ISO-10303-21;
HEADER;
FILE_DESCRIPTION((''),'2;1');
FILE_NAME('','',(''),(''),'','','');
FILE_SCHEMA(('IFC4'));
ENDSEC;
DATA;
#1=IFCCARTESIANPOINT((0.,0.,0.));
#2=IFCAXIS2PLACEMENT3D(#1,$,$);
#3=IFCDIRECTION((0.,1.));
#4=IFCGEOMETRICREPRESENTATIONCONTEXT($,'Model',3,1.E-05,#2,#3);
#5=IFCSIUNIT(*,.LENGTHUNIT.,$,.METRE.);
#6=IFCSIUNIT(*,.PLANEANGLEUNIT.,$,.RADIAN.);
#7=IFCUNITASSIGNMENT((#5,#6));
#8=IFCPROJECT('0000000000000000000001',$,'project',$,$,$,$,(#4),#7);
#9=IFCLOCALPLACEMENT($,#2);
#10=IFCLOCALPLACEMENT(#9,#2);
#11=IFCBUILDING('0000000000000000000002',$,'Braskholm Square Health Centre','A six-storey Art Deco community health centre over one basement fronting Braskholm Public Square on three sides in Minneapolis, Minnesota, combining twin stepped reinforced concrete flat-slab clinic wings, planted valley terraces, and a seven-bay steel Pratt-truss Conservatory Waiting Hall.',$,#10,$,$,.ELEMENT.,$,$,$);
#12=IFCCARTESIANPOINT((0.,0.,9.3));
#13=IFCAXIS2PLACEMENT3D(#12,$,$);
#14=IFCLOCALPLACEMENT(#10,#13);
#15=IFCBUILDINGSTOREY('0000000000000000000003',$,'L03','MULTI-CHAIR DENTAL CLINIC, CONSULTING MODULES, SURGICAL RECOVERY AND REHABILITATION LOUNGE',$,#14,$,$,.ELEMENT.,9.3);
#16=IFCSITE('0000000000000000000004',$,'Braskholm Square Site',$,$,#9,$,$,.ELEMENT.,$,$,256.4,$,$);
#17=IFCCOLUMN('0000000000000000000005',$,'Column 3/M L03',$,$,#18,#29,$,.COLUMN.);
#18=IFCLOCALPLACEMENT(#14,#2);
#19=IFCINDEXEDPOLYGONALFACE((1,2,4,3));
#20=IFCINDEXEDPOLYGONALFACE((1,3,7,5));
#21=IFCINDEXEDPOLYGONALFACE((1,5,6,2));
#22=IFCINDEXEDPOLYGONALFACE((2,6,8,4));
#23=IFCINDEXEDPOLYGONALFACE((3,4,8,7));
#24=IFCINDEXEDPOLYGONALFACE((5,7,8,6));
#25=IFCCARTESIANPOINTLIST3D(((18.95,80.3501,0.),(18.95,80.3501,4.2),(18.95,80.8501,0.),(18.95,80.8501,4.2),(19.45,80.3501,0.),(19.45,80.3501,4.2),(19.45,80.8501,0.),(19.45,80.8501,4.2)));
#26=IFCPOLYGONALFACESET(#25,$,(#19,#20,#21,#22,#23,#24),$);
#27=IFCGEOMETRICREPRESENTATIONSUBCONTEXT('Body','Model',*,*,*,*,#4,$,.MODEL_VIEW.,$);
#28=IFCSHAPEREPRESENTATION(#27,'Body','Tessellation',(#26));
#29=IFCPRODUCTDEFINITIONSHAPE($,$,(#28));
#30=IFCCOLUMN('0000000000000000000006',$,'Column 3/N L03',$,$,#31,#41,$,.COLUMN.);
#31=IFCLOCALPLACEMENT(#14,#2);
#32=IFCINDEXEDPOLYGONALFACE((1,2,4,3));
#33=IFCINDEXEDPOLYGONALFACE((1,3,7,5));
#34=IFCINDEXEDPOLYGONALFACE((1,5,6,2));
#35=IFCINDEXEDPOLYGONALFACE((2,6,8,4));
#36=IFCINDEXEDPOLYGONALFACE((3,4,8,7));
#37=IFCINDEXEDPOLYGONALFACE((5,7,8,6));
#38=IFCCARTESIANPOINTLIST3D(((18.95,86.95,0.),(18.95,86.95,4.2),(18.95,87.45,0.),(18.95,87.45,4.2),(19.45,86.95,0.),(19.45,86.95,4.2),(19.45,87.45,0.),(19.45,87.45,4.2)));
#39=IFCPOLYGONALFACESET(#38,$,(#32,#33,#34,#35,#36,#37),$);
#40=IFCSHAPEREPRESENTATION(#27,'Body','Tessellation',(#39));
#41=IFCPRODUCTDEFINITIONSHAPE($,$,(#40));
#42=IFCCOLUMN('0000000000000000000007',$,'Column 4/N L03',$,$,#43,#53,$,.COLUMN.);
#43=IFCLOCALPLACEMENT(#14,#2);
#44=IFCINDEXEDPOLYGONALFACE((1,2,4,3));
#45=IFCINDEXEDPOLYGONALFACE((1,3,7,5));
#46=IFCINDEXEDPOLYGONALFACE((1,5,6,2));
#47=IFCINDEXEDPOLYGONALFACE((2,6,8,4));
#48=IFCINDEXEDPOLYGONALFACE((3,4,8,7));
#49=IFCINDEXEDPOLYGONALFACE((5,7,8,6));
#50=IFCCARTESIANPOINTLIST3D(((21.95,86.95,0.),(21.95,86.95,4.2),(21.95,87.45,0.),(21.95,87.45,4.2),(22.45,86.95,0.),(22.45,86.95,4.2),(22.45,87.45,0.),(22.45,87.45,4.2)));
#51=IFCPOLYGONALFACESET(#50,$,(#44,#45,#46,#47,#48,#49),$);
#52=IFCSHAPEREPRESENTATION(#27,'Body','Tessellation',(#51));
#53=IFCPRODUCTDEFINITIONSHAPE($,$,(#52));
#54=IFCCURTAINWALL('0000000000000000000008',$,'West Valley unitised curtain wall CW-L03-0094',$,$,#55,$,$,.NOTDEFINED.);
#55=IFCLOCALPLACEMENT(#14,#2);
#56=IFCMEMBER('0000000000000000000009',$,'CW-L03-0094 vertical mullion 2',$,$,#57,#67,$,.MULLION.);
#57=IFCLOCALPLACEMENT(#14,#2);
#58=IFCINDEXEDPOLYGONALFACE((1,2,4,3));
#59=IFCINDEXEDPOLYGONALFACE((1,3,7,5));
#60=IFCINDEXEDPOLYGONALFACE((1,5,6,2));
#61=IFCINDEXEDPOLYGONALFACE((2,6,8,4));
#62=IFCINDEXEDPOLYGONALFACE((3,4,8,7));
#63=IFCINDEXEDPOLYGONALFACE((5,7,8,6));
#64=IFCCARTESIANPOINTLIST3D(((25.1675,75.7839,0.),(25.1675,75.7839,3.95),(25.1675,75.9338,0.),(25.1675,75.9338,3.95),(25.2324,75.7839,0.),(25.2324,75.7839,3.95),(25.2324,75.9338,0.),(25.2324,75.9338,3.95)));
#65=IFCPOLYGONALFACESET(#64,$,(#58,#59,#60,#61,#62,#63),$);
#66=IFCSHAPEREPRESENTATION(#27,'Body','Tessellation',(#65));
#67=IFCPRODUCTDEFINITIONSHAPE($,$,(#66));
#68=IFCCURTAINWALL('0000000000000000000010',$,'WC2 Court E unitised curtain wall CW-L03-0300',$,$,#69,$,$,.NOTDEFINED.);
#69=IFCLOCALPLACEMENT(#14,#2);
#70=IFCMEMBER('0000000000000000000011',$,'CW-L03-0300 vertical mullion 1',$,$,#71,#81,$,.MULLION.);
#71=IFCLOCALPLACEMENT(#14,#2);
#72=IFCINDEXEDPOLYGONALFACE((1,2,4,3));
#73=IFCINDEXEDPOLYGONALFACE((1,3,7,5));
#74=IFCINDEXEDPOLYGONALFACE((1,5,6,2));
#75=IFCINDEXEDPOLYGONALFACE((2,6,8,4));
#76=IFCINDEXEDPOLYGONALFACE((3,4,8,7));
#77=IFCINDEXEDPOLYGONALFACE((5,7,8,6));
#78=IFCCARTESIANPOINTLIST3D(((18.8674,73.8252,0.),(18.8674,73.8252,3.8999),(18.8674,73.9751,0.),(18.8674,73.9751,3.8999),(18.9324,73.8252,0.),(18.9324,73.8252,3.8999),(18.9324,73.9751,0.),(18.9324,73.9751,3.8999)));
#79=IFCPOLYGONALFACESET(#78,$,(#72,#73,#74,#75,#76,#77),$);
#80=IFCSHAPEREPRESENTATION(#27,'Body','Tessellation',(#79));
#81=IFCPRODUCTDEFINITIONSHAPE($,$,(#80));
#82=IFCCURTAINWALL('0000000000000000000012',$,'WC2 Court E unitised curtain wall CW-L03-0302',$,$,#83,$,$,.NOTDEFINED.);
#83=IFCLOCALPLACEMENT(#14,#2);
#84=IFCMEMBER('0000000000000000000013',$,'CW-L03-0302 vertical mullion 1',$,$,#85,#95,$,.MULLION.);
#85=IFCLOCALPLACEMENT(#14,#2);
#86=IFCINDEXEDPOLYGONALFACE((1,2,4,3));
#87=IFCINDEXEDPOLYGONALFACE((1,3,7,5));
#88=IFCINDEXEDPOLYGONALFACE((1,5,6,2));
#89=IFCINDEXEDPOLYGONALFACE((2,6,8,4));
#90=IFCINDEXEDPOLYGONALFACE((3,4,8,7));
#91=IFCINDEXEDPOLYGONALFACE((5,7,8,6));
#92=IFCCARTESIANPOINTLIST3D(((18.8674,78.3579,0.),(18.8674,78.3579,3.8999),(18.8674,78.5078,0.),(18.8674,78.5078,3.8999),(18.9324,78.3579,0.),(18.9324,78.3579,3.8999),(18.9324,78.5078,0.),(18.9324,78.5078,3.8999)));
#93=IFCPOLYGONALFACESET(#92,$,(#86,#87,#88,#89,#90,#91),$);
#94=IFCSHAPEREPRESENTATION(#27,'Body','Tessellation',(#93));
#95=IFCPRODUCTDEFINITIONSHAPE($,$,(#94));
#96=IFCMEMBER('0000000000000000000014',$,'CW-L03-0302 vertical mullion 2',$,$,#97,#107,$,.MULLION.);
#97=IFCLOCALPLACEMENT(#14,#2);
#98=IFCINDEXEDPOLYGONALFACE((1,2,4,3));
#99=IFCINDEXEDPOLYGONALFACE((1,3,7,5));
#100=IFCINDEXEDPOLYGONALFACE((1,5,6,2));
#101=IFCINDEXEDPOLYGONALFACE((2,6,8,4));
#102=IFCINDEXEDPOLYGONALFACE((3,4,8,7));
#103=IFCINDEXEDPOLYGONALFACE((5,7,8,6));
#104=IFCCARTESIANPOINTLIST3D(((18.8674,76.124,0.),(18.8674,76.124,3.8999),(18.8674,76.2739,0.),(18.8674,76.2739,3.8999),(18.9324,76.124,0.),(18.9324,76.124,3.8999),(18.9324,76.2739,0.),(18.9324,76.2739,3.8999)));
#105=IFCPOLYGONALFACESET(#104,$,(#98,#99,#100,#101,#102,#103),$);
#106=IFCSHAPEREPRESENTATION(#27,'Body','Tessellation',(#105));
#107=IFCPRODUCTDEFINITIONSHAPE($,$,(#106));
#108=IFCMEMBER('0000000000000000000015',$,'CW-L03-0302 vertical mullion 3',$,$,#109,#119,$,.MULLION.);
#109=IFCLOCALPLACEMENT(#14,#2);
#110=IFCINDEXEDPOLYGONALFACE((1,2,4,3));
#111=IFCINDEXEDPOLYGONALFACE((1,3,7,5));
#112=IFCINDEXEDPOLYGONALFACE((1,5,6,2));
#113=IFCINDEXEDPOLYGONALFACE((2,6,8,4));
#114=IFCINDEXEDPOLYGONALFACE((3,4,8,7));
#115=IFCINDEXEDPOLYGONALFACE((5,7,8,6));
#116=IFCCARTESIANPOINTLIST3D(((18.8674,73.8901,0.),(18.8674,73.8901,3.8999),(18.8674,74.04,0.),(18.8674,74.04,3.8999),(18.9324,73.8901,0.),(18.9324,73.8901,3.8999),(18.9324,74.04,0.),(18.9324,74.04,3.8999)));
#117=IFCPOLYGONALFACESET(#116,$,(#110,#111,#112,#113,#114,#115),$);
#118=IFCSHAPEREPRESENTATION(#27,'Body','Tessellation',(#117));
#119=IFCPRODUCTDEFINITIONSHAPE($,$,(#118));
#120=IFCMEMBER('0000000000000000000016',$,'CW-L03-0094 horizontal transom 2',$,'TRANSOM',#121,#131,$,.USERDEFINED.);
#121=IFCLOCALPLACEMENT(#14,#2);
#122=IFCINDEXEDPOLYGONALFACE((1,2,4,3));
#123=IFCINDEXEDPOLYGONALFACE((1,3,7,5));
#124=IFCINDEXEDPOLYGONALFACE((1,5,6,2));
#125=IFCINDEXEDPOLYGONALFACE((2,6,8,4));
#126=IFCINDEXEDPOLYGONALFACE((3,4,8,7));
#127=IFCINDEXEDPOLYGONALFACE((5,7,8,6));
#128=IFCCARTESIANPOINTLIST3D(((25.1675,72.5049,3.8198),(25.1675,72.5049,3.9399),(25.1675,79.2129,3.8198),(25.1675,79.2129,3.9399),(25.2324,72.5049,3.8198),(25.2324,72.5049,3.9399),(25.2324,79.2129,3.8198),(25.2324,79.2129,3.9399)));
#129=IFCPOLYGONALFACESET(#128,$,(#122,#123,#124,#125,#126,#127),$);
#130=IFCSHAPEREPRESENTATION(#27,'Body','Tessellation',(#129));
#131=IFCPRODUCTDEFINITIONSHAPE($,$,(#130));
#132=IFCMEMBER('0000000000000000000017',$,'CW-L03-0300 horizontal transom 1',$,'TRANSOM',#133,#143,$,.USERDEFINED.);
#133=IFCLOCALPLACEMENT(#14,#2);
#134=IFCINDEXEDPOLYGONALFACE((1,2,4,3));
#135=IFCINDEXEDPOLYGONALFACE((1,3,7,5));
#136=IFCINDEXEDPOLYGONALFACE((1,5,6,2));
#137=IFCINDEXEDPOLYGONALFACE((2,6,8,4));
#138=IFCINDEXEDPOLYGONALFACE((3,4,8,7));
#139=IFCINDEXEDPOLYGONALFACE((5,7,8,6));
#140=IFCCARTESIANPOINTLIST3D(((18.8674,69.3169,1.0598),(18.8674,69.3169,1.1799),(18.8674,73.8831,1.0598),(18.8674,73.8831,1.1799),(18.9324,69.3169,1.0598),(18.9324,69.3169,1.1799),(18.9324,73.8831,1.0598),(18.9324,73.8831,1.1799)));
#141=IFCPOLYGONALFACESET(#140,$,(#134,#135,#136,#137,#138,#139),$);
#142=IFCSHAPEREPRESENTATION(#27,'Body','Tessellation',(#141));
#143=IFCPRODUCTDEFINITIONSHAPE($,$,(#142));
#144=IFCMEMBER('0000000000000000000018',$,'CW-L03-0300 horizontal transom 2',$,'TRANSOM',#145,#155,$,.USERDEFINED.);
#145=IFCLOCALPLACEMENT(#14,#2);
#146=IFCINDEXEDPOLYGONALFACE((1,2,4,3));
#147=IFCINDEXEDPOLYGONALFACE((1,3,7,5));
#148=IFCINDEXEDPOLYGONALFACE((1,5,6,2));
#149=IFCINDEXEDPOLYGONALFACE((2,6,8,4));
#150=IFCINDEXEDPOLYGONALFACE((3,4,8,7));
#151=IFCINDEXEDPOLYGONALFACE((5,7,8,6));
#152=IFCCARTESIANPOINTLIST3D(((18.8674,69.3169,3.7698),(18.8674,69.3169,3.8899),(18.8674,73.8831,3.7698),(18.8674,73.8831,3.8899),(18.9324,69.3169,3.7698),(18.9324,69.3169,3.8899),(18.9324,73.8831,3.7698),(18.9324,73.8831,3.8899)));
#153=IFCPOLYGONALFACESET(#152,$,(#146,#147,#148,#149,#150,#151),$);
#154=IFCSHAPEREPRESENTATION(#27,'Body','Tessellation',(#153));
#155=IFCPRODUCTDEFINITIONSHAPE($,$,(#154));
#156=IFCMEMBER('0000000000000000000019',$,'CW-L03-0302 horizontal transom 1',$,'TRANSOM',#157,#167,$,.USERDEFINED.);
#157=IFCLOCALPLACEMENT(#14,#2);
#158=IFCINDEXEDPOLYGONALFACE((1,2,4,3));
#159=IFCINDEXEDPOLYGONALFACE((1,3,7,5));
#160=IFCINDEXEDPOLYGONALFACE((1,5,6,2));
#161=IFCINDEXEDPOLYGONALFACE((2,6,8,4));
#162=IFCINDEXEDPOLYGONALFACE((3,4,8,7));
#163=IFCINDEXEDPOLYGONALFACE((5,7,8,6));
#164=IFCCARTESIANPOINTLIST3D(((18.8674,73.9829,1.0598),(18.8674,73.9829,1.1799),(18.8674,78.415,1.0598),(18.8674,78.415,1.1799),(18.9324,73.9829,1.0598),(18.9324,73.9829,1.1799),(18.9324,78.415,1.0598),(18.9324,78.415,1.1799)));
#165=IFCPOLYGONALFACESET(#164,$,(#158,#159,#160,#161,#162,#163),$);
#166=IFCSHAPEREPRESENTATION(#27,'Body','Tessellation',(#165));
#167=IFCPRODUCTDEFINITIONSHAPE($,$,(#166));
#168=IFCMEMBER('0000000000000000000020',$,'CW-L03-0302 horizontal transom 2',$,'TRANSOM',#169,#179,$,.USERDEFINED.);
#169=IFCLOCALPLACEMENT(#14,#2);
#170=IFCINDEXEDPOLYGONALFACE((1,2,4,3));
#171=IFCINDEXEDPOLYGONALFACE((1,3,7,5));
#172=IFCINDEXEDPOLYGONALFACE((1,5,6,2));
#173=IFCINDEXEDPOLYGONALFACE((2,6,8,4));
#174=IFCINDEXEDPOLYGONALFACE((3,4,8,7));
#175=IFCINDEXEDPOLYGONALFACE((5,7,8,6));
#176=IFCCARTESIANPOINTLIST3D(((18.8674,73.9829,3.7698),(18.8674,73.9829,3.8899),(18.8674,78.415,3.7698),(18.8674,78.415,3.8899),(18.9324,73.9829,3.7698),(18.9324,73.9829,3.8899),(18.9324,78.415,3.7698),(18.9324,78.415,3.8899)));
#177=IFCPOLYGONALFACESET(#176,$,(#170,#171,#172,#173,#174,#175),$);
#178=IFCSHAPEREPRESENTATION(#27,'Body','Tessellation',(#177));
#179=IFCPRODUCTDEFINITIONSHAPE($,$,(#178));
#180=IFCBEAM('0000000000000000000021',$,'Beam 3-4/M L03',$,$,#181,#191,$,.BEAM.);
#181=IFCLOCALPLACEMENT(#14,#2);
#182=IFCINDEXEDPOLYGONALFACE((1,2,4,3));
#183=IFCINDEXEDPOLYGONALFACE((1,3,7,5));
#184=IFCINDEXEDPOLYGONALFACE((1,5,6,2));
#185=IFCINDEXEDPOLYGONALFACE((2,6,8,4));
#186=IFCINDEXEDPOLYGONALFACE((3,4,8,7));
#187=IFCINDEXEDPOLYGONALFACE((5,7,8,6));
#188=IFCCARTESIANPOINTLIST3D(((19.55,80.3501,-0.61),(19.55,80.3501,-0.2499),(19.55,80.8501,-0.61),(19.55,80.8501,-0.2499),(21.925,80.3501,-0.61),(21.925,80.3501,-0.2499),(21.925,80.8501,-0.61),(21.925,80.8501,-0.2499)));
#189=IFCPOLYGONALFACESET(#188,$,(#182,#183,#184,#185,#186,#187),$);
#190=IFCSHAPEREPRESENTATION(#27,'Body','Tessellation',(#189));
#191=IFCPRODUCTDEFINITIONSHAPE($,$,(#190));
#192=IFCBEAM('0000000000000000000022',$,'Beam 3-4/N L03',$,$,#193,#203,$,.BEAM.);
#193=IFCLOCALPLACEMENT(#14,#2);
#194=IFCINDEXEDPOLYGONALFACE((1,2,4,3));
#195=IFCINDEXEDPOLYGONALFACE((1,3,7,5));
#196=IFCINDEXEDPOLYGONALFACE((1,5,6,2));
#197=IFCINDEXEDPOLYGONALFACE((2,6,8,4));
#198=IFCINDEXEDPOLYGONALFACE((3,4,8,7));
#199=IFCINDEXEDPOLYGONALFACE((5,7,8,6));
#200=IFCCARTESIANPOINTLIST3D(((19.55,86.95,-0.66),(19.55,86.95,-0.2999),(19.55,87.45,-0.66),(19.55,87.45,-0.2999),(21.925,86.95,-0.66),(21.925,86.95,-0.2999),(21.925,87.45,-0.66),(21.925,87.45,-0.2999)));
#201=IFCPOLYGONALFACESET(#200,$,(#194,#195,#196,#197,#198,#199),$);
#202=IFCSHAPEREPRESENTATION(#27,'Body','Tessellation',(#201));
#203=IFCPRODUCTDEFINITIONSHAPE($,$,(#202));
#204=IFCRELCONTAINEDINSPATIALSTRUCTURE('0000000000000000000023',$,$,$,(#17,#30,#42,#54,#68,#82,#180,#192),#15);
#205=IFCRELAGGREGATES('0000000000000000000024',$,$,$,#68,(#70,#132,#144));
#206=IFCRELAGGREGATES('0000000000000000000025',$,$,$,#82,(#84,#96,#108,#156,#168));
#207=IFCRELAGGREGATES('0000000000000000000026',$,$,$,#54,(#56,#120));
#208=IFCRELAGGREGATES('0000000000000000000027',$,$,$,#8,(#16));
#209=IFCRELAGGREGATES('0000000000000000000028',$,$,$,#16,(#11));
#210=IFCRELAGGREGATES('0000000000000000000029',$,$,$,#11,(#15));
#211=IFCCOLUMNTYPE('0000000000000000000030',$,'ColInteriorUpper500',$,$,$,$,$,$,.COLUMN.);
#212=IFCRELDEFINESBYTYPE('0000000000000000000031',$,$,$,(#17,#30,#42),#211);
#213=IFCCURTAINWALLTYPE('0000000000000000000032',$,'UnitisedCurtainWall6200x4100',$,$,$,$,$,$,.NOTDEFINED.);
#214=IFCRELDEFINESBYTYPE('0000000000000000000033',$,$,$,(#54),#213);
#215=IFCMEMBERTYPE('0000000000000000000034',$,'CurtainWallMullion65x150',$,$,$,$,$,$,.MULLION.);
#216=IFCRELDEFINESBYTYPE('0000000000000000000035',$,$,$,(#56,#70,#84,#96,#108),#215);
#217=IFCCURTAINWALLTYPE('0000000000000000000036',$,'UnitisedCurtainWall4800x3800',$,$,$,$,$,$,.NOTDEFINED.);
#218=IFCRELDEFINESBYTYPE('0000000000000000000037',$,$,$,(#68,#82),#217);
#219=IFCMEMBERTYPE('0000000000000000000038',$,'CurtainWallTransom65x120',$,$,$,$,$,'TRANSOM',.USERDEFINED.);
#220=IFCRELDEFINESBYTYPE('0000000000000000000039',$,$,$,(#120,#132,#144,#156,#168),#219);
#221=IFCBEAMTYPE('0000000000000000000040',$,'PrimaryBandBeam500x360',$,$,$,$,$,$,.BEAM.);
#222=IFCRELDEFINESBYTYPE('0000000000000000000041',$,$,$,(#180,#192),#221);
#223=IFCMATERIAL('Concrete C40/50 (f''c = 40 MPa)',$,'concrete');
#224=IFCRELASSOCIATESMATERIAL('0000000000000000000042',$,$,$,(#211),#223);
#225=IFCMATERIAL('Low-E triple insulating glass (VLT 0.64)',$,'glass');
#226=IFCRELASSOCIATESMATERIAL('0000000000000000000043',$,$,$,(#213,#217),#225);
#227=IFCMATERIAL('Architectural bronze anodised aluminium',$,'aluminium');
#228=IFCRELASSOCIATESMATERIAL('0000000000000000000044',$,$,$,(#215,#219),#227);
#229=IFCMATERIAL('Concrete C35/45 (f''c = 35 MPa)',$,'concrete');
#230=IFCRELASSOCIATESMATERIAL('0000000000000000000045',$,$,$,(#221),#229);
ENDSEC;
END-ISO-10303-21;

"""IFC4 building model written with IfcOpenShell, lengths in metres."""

from ifc_helpers import new_model, si_unit, direction, frame, origin, origin_2d, place, context, subcontext, project, spatial, rectangle, extrude, material, material_profile, profile_set, type_object, element, aggregate, save


model = new_model("IFC4")

# Units and contexts
model_context = context("Model", 3, precision=1e-05, world=origin(), true_north=direction((0.0, 1.0)))
body_context = subcontext(model_context, "Body", "Model", "MODEL_VIEW")
ifc_project = project(units=[si_unit("LENGTHUNIT", "METRE"), si_unit("PLANEANGLEUNIT", "RADIAN")], contexts=[model_context])

# Site, building, storey
site_placement = place(None, origin())
site = spatial("IfcSite", under=ifc_project, at=site_placement, Name="Braskholm Square Site", CompositionType="ELEMENT", RefElevation=256.4)
building_placement = place(site_placement, origin())
building = spatial("IfcBuilding", under=site, at=building_placement, Name="Braskholm Square Health Centre", Description="A six-storey Art Deco community health centre over one basement fronting Braskholm Public Square on three sides in Minneapolis, Minnesota, combining twin stepped reinforced concrete flat-slab clinic wings, planted valley terraces, and a seven-bay steel Pratt-truss Conservatory Waiting Hall.", CompositionType="ELEMENT")
storey_placement = place(building_placement, frame((0.0, 0.0, 9.3)))
storey = spatial("IfcBuildingStorey", under=building, at=storey_placement, Name="L03", Description="MULTI-CHAIR DENTAL CLINIC, CONSULTING MODULES, SURGICAL RECOVERY AND REHABILITATION LOUNGE", CompositionType="ELEMENT", Elevation=9.3)

# Columns
ifc_material_1 = material(Name="Concrete C40/50 (f'c = 40 MPa)", Category="concrete")
ifc_material_profile_1 = material_profile(ifc_material_1, rectangle(XDim=0.5, YDim=0.5, at=origin_2d()), Name="RC-500X500")
ifc_profile_set_1 = profile_set([ifc_material_profile_1], Name="Concrete C40/50 (f'c = 40 MPa)")
column_type = type_object("IfcColumnType", Name="ColInteriorUpper500", PredefinedType="COLUMN", material=ifc_profile_set_1)
for number, where, z_axis, x_axis, name in (
    (1, (19.2, 80.6001, 0.0), (0.0, 0.0, 1.0), (1.0, 0.0, 0.0), "Column 3/M L03"),
    (2, (19.2, 87.2, 0.0), (0.0, 0.0, 1.0), (1.0, 0.0, 0.0), "Column 3/N L03"),
    (3, (22.2, 87.2, 0.0), (0.0, 0.0, 1.0), (1.0, 0.0, 0.0), "Column 4/N L03"),
):
    element("IfcColumn", number, at=place(storey_placement, frame(where, z_axis=z_axis, x_axis=x_axis)), inside=storey, type_object=column_type, Name=name, PredefinedType="COLUMN", context=body_context, shape_type="SweptSolid", body=[
        extrude(rectangle(XDim=0.5, YDim=0.5, at=origin_2d()), origin(), (0.0, 0.0, 1.0), 4.2),
    ])

# Curtain walls, members
ifc_material_2 = material(Name="Low-E triple insulating glass (VLT 0.64)", Category="glass")
curtain_wall_type_1 = type_object("IfcCurtainWallType", Name="UnitisedCurtainWall6200x4100", PredefinedType="NOTDEFINED", material=ifc_material_2)
curtain_wall_1_placement = place(storey_placement, origin())
curtain_wall_1 = element("IfcCurtainWall", 4, at=curtain_wall_1_placement, inside=storey, type_object=curtain_wall_type_1, Name="West Valley unitised curtain wall CW-L03-0094", PredefinedType="NOTDEFINED")
ifc_material_3 = material(Name="Architectural bronze anodised aluminium", Category="aluminium")
ifc_material_profile_2 = material_profile(ifc_material_3, rectangle(XDim=0.0649, YDim=0.1499, at=origin_2d()), Name="ALU-65X150")
ifc_profile_set_2 = profile_set([ifc_material_profile_2], Name="Architectural bronze anodised aluminium")
member_type_1 = type_object("IfcMemberType", Name="CurtainWallMullion65x150", PredefinedType="MULLION", material=ifc_profile_set_2)
member_1_placement = place(storey_placement, frame((25.2, 75.8589, 0.0), z_axis=(0.0, 0.0, 1.0), x_axis=(1.0, 0.0, 0.0)))
member_1 = element("IfcMember", 5, at=member_1_placement, type_object=member_type_1, Name="CW-L03-0094 vertical mullion 2", PredefinedType="MULLION", context=body_context, shape_type="SweptSolid", body=[
    extrude(rectangle(XDim=0.0649, YDim=0.1499, at=origin_2d()), origin(), (0.0, 0.0, 1.0), 3.95),
])
curtain_wall_type_2 = type_object("IfcCurtainWallType", Name="UnitisedCurtainWall4800x3800", PredefinedType="NOTDEFINED", material=ifc_material_2)
curtain_wall_2_placement = place(storey_placement, origin())
curtain_wall_2 = element("IfcCurtainWall", 6, at=curtain_wall_2_placement, inside=storey, type_object=curtain_wall_type_2, Name="WC2 Court E unitised curtain wall CW-L03-0300", PredefinedType="NOTDEFINED")
member_2_placement = place(storey_placement, frame((18.8999, 73.9001, 0.0), z_axis=(0.0, 0.0, 1.0), x_axis=(1.0, 0.0, 0.0)))
member_2 = element("IfcMember", 7, at=member_2_placement, type_object=member_type_1, Name="CW-L03-0300 vertical mullion 1", PredefinedType="MULLION", context=body_context, shape_type="SweptSolid", body=[
    extrude(rectangle(XDim=0.0649, YDim=0.1499, at=origin_2d()), origin(), (0.0, 0.0, 1.0), 3.8999),
])

# Curtain wall, members
curtain_wall_3_placement = place(storey_placement, origin())
curtain_wall_3 = element("IfcCurtainWall", 8, at=curtain_wall_3_placement, inside=storey, type_object=curtain_wall_type_2, Name="WC2 Court E unitised curtain wall CW-L03-0302", PredefinedType="NOTDEFINED")
member_3_placement = place(storey_placement, frame((18.8999, 78.4329, 0.0), z_axis=(0.0, 0.0, 1.0), x_axis=(1.0, 0.0, 0.0)))
member_3 = element("IfcMember", 9, at=member_3_placement, type_object=member_type_1, Name="CW-L03-0302 vertical mullion 1", PredefinedType="MULLION", context=body_context, shape_type="SweptSolid", body=[
    extrude(rectangle(XDim=0.0649, YDim=0.1499, at=origin_2d()), origin(), (0.0, 0.0, 1.0), 3.8999),
])
member_4_placement = place(storey_placement, frame((18.8999, 76.199, 0.0), z_axis=(0.0, 0.0, 1.0), x_axis=(1.0, 0.0, 0.0)))
member_4 = element("IfcMember", 10, at=member_4_placement, type_object=member_type_1, Name="CW-L03-0302 vertical mullion 2", PredefinedType="MULLION", context=body_context, shape_type="SweptSolid", body=[
    extrude(rectangle(XDim=0.0649, YDim=0.1499, at=origin_2d()), origin(), (0.0, 0.0, 1.0), 3.8999),
])
member_5_placement = place(storey_placement, frame((18.8999, 73.9651, 0.0), z_axis=(0.0, 0.0, 1.0), x_axis=(1.0, 0.0, 0.0)))
member_5 = element("IfcMember", 11, at=member_5_placement, type_object=member_type_1, Name="CW-L03-0302 vertical mullion 3", PredefinedType="MULLION", context=body_context, shape_type="SweptSolid", body=[
    extrude(rectangle(XDim=0.0649, YDim=0.1499, at=origin_2d()), origin(), (0.0, 0.0, 1.0), 3.8999),
])

# Members
ifc_material_profile_3 = material_profile(ifc_material_3, rectangle(XDim=0.0649, YDim=0.1201, at=origin_2d()), Name="ALU-65X120")
ifc_profile_set_3 = profile_set([ifc_material_profile_3], Name="Architectural bronze anodised aluminium")
member_type_2 = type_object("IfcMemberType", Name="CurtainWallTransom65x120", ElementType="TRANSOM", PredefinedType="USERDEFINED", material=ifc_profile_set_3)
member_6_placement = place(storey_placement, frame((25.2, 72.5049, 3.8799), z_axis=(0.0, 1.0, 0.0), x_axis=(-1.0, 0.0, 0.0)))
member_6 = element("IfcMember", 12, at=member_6_placement, type_object=member_type_2, Name="CW-L03-0094 horizontal transom 2", ObjectType="TRANSOM", PredefinedType="USERDEFINED", context=body_context, shape_type="SweptSolid", body=[
    extrude(rectangle(XDim=0.0649, YDim=0.1201, at=origin_2d()), origin(), (0.0, 0.0, 1.0), 6.708),
])
member_7_placement = place(storey_placement, frame((18.8999, 73.8831, 1.1199), z_axis=(0.0, -1.0, 0.0), x_axis=(1.0, 0.0, 0.0)))
member_7 = element("IfcMember", 13, at=member_7_placement, type_object=member_type_2, Name="CW-L03-0300 horizontal transom 1", ObjectType="TRANSOM", PredefinedType="USERDEFINED", context=body_context, shape_type="SweptSolid", body=[
    extrude(rectangle(XDim=0.0649, YDim=0.1201, at=origin_2d()), origin(), (0.0, 0.0, 1.0), 4.5662),
])
member_8_placement = place(storey_placement, frame((18.8999, 73.8831, 3.8298), z_axis=(0.0, -1.0, 0.0), x_axis=(1.0, 0.0, 0.0)))
member_8 = element("IfcMember", 14, at=member_8_placement, type_object=member_type_2, Name="CW-L03-0300 horizontal transom 2", ObjectType="TRANSOM", PredefinedType="USERDEFINED", context=body_context, shape_type="SweptSolid", body=[
    extrude(rectangle(XDim=0.0649, YDim=0.1201, at=origin_2d()), origin(), (0.0, 0.0, 1.0), 4.5662),
])
member_9_placement = place(storey_placement, frame((18.8999, 78.415, 1.1199), z_axis=(0.0, -1.0, 0.0), x_axis=(1.0, 0.0, 0.0)))
member_9 = element("IfcMember", 15, at=member_9_placement, type_object=member_type_2, Name="CW-L03-0302 horizontal transom 1", ObjectType="TRANSOM", PredefinedType="USERDEFINED", context=body_context, shape_type="SweptSolid", body=[
    extrude(rectangle(XDim=0.0649, YDim=0.1201, at=origin_2d()), origin(), (0.0, 0.0, 1.0), 4.4321),
])
member_10_placement = place(storey_placement, frame((18.8999, 78.415, 3.8298), z_axis=(0.0, -1.0, 0.0), x_axis=(1.0, 0.0, 0.0)))
member_10 = element("IfcMember", 16, at=member_10_placement, type_object=member_type_2, Name="CW-L03-0302 horizontal transom 2", ObjectType="TRANSOM", PredefinedType="USERDEFINED", context=body_context, shape_type="SweptSolid", body=[
    extrude(rectangle(XDim=0.0649, YDim=0.1201, at=origin_2d()), origin(), (0.0, 0.0, 1.0), 4.4321),
])

# Beams
ifc_material_4 = material(Name="Concrete C35/45 (f'c = 35 MPa)", Category="concrete")
ifc_material_profile_4 = material_profile(ifc_material_4, rectangle(XDim=0.5, YDim=0.3601, at=origin_2d()), Name="RCB-500X360")
ifc_profile_set_4 = profile_set([ifc_material_profile_4], Name="Concrete C35/45 (f'c = 35 MPa)")
beam_type_1 = type_object("IfcBeamType", Name="PrimaryBandBeam500x360", PredefinedType="BEAM", material=ifc_profile_set_4)
for number, where, z_axis, x_axis, name in (
    (17, (19.55, 80.6001, -0.4299), (1.0, 0.0, 0.0), (0.0, 1.0, 0.0), "Beam 3-4/M L03"),
    (18, (19.55, 87.2, -0.48), (1.0, 0.0, 0.0), (0.0, 1.0, 0.0), "Beam 3-4/N L03"),
):
    element("IfcBeam", number, at=place(storey_placement, frame(where, z_axis=z_axis, x_axis=x_axis)), inside=storey, type_object=beam_type_1, Name=name, PredefinedType="BEAM", context=body_context, shape_type="SweptSolid", body=[
        extrude(rectangle(XDim=0.5, YDim=0.3601, at=origin_2d()), origin(), (0.0, 0.0, 1.0), 2.375),
    ])

aggregate(curtain_wall_2, [member_2, member_7, member_8])
aggregate(curtain_wall_3, [member_3, member_4, member_5, member_9, member_10])
aggregate(curtain_wall_1, [member_1, member_6])

save(model, "model.ifc")
